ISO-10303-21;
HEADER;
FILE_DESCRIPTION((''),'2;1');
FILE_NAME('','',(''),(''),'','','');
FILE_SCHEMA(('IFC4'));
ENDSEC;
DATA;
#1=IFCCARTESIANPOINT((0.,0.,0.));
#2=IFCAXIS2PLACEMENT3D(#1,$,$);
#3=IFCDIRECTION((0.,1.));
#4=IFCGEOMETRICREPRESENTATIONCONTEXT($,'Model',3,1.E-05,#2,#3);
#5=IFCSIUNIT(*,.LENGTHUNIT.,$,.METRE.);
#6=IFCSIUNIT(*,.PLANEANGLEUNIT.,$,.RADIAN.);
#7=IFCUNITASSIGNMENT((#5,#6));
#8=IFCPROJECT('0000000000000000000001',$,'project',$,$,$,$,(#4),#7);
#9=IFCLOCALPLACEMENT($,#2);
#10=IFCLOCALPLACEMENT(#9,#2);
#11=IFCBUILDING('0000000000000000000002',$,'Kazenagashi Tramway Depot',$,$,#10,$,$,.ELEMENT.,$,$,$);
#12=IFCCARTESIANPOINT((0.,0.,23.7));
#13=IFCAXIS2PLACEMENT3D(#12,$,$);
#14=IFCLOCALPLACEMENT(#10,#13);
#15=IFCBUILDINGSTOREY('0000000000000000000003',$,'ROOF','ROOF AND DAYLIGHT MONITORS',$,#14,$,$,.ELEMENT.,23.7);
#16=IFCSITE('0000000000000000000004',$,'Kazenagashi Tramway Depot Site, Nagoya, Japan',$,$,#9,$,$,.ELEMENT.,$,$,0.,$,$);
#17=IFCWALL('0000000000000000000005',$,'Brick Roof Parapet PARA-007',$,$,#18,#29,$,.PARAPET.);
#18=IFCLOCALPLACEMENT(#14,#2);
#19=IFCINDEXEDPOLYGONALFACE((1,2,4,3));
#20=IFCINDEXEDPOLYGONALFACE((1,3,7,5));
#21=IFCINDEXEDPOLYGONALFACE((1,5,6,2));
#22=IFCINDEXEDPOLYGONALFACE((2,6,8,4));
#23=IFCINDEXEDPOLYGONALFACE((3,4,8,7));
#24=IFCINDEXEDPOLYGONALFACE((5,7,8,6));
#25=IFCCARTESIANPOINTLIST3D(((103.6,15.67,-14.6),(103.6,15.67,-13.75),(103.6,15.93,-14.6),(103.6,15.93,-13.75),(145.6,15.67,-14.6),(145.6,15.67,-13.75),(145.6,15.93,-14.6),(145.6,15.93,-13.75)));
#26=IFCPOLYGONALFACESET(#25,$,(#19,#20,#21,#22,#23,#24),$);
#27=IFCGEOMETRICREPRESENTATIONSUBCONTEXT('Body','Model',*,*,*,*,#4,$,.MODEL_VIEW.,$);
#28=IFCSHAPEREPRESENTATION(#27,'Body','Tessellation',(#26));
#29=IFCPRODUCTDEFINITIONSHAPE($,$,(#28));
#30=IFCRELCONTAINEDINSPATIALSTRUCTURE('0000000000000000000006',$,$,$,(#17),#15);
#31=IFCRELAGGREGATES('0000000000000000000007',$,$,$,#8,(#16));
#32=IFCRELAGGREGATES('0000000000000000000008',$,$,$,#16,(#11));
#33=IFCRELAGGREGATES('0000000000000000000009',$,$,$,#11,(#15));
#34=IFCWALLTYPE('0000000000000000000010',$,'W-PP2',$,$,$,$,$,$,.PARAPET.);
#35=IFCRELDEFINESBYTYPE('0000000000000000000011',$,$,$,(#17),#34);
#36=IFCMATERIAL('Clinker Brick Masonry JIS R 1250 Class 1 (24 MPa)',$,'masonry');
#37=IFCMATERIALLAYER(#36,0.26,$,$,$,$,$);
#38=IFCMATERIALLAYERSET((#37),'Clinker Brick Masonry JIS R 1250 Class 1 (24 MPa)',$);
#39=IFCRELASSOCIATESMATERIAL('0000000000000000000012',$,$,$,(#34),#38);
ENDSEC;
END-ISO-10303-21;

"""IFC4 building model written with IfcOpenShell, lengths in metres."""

from ifc_helpers import new_model, si_unit, direction, frame, frame_2d, origin, place, context, subcontext, project, spatial, rectangle, extrude, material, layer, layer_set, type_object, element, save


model = new_model("IFC4")

# Units and contexts
model_context = context("Model", 3, precision=1e-05, world=origin(), true_north=direction((0.0, 1.0)))
body_context = subcontext(model_context, "Body", "Model", "MODEL_VIEW")
ifc_project = project(units=[si_unit("LENGTHUNIT", "METRE"), si_unit("PLANEANGLEUNIT", "RADIAN")], contexts=[model_context])

# Site, building, storey
site_placement = place(None, origin())
site = spatial("IfcSite", under=ifc_project, at=site_placement, Name="Kazenagashi Tramway Depot Site, Nagoya, Japan", CompositionType="ELEMENT", RefElevation=0.0)
building_placement = place(site_placement, origin())
building = spatial("IfcBuilding", under=site, at=building_placement, Name="Kazenagashi Tramway Depot", CompositionType="ELEMENT")
storey_placement = place(building_placement, frame((0.0, 0.0, 23.7)))
storey = spatial("IfcBuildingStorey", under=building, at=storey_placement, Name="ROOF", Description="ROOF AND DAYLIGHT MONITORS", CompositionType="ELEMENT", Elevation=23.7)

# Wall
ifc_material_1 = material(Name="Clinker Brick Masonry JIS R 1250 Class 1 (24 MPa)", Category="masonry")
ifc_layer_1 = layer(ifc_material_1, 0.26)
ifc_layer_set_1 = layer_set([ifc_layer_1], Name="Clinker Brick Masonry JIS R 1250 Class 1 (24 MPa)")
wall_type = type_object("IfcWallType", Name="W-PP2", PredefinedType="PARAPET", material=ifc_layer_set_1)
wall_1_placement = place(storey_placement, frame((145.6, 15.8, -14.6), z_axis=(0.0, 0.0, 1.0), x_axis=(-1.0, 0.0, 0.0)))
element("IfcWall", 1, at=wall_1_placement, inside=storey, type_object=wall_type, Name="Brick Roof Parapet PARA-007", PredefinedType="PARAPET", context=body_context, shape_type="SweptSolid", body=[
    extrude(rectangle(XDim=42.0, YDim=0.26, at=frame_2d((21.0, 0.0))), origin(), (0.0, 0.0, 1.0), 0.85),
])

save(model, "model.ifc")
